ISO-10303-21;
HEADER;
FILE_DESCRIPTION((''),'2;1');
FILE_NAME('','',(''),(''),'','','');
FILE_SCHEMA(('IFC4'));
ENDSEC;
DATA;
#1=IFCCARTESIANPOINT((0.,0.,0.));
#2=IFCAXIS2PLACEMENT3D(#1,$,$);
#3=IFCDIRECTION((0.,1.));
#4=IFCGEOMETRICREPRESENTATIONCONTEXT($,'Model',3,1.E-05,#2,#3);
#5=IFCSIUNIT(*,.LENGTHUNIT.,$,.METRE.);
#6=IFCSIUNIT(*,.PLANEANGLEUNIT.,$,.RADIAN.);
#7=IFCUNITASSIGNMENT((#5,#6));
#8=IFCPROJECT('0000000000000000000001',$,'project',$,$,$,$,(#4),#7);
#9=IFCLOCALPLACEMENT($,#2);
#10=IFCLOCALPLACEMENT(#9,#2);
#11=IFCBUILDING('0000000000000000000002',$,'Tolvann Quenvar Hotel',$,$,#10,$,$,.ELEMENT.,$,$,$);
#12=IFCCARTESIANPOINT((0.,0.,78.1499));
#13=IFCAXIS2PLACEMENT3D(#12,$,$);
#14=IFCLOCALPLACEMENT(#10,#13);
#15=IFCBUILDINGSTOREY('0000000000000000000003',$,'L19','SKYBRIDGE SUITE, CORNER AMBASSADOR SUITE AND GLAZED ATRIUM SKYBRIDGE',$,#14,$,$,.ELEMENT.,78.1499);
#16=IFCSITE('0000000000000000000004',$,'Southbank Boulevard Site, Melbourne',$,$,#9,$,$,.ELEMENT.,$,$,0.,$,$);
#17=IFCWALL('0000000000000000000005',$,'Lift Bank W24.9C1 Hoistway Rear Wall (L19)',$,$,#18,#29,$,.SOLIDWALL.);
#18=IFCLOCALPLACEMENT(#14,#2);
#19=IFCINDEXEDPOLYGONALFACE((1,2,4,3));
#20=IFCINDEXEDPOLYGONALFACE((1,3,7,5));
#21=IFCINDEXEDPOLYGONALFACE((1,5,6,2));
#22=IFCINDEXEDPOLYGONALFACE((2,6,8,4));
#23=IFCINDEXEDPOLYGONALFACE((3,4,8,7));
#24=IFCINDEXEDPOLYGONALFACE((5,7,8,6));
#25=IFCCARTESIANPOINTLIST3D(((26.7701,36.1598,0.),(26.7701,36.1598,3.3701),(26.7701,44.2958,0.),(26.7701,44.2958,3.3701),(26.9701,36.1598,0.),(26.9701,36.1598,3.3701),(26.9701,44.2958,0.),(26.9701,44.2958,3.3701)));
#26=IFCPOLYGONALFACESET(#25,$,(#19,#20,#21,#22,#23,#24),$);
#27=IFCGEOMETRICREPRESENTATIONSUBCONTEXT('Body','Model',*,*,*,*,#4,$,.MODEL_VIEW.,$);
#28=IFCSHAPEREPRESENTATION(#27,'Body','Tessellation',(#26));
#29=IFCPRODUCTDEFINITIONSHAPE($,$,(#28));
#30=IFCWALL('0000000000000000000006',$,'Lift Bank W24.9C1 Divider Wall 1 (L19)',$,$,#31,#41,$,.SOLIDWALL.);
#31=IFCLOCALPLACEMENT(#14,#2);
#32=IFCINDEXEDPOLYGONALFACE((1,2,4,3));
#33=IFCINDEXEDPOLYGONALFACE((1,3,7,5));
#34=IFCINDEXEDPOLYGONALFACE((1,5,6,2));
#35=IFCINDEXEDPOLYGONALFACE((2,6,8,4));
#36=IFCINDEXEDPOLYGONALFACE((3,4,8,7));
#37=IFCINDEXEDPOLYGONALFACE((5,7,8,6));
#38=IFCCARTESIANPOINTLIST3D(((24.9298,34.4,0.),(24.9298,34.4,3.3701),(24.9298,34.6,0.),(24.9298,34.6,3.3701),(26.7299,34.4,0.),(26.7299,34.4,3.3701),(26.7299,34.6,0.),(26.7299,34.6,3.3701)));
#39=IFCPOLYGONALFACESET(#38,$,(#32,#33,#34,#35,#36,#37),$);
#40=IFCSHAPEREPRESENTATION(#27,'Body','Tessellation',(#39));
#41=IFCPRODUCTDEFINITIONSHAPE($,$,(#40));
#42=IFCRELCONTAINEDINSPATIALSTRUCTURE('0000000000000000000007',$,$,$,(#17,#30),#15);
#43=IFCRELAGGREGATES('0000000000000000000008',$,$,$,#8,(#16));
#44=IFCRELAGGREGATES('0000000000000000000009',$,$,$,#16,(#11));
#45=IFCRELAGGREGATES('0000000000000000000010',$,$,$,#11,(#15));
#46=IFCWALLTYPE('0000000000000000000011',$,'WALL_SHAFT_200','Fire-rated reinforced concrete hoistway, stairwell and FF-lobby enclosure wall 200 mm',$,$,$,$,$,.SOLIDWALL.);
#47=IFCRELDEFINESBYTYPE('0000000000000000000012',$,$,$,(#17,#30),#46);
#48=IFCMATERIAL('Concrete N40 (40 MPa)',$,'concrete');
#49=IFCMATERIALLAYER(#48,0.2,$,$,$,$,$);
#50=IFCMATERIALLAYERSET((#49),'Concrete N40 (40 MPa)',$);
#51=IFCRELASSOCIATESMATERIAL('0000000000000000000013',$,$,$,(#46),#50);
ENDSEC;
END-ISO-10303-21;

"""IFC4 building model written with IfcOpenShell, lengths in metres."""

from ifc_helpers import new_model, si_unit, direction, frame, frame_2d, origin, place, context, subcontext, project, spatial, rectangle, extrude, material, layer, layer_set, type_object, element, save


model = new_model("IFC4")

# Units and contexts
model_context = context("Model", 3, precision=1e-05, world=origin(), true_north=direction((0.0, 1.0)))
body_context = subcontext(model_context, "Body", "Model", "MODEL_VIEW")
ifc_project = project(units=[si_unit("LENGTHUNIT", "METRE"), si_unit("PLANEANGLEUNIT", "RADIAN")], contexts=[model_context])

# Site, building, storey
site_placement = place(None, origin())
site = spatial("IfcSite", under=ifc_project, at=site_placement, Name="Southbank Boulevard Site, Melbourne", CompositionType="ELEMENT", RefElevation=0.0)
building_placement = place(site_placement, origin())
building = spatial("IfcBuilding", under=site, at=building_placement, Name="Tolvann Quenvar Hotel", CompositionType="ELEMENT")
storey_placement = place(building_placement, frame((0.0, 0.0, 78.1499)))
storey = spatial("IfcBuildingStorey", under=building, at=storey_placement, Name="L19", Description="SKYBRIDGE SUITE, CORNER AMBASSADOR SUITE AND GLAZED ATRIUM SKYBRIDGE", CompositionType="ELEMENT", Elevation=78.1499)

# Shared definitions
ifc_material_1 = material(Name="Concrete N40 (40 MPa)", Category="concrete")
ifc_layer_1 = layer(ifc_material_1, 0.2)
ifc_layer_set_1 = layer_set([ifc_layer_1], Name="Concrete N40 (40 MPa)")
wall_type_1 = type_object("IfcWallType", Name="WALL_SHAFT_200", Description="Fire-rated reinforced concrete hoistway, stairwell and FF-lobby enclosure wall 200 mm", PredefinedType="SOLIDWALL", material=ifc_layer_set_1)

# Walls
wall_1_placement = place(storey_placement, frame((26.8701, 36.1599, 0.0), z_axis=(0.0, 0.0, 1.0), x_axis=(0.0, 1.0, 0.0)))
element("IfcWall", 1, at=wall_1_placement, inside=storey, type_object=wall_type_1, Name="Lift Bank W24.9C1 Hoistway Rear Wall (L19)", PredefinedType="SOLIDWALL", context=body_context, shape_type="SweptSolid", body=[
    extrude(rectangle(XDim=8.136, YDim=0.2, at=frame_2d((4.0679, 0.0))), origin(), (0.0, 0.0, 1.0), 3.3701),
])
wall_2_placement = place(storey_placement, frame((24.9299, 34.5, 0.0), z_axis=(0.0, 0.0, 1.0), x_axis=(1.0, 0.0, 0.0)))
element("IfcWall", 2, at=wall_2_placement, inside=storey, type_object=wall_type_1, Name="Lift Bank W24.9C1 Divider Wall 1 (L19)", PredefinedType="SOLIDWALL", context=body_context, shape_type="SweptSolid", body=[
    extrude(rectangle(XDim=1.8, YDim=0.2, at=frame_2d((0.8999, 0.0))), origin(), (0.0, 0.0, 1.0), 3.3701),
])

save(model, "model.ifc")
